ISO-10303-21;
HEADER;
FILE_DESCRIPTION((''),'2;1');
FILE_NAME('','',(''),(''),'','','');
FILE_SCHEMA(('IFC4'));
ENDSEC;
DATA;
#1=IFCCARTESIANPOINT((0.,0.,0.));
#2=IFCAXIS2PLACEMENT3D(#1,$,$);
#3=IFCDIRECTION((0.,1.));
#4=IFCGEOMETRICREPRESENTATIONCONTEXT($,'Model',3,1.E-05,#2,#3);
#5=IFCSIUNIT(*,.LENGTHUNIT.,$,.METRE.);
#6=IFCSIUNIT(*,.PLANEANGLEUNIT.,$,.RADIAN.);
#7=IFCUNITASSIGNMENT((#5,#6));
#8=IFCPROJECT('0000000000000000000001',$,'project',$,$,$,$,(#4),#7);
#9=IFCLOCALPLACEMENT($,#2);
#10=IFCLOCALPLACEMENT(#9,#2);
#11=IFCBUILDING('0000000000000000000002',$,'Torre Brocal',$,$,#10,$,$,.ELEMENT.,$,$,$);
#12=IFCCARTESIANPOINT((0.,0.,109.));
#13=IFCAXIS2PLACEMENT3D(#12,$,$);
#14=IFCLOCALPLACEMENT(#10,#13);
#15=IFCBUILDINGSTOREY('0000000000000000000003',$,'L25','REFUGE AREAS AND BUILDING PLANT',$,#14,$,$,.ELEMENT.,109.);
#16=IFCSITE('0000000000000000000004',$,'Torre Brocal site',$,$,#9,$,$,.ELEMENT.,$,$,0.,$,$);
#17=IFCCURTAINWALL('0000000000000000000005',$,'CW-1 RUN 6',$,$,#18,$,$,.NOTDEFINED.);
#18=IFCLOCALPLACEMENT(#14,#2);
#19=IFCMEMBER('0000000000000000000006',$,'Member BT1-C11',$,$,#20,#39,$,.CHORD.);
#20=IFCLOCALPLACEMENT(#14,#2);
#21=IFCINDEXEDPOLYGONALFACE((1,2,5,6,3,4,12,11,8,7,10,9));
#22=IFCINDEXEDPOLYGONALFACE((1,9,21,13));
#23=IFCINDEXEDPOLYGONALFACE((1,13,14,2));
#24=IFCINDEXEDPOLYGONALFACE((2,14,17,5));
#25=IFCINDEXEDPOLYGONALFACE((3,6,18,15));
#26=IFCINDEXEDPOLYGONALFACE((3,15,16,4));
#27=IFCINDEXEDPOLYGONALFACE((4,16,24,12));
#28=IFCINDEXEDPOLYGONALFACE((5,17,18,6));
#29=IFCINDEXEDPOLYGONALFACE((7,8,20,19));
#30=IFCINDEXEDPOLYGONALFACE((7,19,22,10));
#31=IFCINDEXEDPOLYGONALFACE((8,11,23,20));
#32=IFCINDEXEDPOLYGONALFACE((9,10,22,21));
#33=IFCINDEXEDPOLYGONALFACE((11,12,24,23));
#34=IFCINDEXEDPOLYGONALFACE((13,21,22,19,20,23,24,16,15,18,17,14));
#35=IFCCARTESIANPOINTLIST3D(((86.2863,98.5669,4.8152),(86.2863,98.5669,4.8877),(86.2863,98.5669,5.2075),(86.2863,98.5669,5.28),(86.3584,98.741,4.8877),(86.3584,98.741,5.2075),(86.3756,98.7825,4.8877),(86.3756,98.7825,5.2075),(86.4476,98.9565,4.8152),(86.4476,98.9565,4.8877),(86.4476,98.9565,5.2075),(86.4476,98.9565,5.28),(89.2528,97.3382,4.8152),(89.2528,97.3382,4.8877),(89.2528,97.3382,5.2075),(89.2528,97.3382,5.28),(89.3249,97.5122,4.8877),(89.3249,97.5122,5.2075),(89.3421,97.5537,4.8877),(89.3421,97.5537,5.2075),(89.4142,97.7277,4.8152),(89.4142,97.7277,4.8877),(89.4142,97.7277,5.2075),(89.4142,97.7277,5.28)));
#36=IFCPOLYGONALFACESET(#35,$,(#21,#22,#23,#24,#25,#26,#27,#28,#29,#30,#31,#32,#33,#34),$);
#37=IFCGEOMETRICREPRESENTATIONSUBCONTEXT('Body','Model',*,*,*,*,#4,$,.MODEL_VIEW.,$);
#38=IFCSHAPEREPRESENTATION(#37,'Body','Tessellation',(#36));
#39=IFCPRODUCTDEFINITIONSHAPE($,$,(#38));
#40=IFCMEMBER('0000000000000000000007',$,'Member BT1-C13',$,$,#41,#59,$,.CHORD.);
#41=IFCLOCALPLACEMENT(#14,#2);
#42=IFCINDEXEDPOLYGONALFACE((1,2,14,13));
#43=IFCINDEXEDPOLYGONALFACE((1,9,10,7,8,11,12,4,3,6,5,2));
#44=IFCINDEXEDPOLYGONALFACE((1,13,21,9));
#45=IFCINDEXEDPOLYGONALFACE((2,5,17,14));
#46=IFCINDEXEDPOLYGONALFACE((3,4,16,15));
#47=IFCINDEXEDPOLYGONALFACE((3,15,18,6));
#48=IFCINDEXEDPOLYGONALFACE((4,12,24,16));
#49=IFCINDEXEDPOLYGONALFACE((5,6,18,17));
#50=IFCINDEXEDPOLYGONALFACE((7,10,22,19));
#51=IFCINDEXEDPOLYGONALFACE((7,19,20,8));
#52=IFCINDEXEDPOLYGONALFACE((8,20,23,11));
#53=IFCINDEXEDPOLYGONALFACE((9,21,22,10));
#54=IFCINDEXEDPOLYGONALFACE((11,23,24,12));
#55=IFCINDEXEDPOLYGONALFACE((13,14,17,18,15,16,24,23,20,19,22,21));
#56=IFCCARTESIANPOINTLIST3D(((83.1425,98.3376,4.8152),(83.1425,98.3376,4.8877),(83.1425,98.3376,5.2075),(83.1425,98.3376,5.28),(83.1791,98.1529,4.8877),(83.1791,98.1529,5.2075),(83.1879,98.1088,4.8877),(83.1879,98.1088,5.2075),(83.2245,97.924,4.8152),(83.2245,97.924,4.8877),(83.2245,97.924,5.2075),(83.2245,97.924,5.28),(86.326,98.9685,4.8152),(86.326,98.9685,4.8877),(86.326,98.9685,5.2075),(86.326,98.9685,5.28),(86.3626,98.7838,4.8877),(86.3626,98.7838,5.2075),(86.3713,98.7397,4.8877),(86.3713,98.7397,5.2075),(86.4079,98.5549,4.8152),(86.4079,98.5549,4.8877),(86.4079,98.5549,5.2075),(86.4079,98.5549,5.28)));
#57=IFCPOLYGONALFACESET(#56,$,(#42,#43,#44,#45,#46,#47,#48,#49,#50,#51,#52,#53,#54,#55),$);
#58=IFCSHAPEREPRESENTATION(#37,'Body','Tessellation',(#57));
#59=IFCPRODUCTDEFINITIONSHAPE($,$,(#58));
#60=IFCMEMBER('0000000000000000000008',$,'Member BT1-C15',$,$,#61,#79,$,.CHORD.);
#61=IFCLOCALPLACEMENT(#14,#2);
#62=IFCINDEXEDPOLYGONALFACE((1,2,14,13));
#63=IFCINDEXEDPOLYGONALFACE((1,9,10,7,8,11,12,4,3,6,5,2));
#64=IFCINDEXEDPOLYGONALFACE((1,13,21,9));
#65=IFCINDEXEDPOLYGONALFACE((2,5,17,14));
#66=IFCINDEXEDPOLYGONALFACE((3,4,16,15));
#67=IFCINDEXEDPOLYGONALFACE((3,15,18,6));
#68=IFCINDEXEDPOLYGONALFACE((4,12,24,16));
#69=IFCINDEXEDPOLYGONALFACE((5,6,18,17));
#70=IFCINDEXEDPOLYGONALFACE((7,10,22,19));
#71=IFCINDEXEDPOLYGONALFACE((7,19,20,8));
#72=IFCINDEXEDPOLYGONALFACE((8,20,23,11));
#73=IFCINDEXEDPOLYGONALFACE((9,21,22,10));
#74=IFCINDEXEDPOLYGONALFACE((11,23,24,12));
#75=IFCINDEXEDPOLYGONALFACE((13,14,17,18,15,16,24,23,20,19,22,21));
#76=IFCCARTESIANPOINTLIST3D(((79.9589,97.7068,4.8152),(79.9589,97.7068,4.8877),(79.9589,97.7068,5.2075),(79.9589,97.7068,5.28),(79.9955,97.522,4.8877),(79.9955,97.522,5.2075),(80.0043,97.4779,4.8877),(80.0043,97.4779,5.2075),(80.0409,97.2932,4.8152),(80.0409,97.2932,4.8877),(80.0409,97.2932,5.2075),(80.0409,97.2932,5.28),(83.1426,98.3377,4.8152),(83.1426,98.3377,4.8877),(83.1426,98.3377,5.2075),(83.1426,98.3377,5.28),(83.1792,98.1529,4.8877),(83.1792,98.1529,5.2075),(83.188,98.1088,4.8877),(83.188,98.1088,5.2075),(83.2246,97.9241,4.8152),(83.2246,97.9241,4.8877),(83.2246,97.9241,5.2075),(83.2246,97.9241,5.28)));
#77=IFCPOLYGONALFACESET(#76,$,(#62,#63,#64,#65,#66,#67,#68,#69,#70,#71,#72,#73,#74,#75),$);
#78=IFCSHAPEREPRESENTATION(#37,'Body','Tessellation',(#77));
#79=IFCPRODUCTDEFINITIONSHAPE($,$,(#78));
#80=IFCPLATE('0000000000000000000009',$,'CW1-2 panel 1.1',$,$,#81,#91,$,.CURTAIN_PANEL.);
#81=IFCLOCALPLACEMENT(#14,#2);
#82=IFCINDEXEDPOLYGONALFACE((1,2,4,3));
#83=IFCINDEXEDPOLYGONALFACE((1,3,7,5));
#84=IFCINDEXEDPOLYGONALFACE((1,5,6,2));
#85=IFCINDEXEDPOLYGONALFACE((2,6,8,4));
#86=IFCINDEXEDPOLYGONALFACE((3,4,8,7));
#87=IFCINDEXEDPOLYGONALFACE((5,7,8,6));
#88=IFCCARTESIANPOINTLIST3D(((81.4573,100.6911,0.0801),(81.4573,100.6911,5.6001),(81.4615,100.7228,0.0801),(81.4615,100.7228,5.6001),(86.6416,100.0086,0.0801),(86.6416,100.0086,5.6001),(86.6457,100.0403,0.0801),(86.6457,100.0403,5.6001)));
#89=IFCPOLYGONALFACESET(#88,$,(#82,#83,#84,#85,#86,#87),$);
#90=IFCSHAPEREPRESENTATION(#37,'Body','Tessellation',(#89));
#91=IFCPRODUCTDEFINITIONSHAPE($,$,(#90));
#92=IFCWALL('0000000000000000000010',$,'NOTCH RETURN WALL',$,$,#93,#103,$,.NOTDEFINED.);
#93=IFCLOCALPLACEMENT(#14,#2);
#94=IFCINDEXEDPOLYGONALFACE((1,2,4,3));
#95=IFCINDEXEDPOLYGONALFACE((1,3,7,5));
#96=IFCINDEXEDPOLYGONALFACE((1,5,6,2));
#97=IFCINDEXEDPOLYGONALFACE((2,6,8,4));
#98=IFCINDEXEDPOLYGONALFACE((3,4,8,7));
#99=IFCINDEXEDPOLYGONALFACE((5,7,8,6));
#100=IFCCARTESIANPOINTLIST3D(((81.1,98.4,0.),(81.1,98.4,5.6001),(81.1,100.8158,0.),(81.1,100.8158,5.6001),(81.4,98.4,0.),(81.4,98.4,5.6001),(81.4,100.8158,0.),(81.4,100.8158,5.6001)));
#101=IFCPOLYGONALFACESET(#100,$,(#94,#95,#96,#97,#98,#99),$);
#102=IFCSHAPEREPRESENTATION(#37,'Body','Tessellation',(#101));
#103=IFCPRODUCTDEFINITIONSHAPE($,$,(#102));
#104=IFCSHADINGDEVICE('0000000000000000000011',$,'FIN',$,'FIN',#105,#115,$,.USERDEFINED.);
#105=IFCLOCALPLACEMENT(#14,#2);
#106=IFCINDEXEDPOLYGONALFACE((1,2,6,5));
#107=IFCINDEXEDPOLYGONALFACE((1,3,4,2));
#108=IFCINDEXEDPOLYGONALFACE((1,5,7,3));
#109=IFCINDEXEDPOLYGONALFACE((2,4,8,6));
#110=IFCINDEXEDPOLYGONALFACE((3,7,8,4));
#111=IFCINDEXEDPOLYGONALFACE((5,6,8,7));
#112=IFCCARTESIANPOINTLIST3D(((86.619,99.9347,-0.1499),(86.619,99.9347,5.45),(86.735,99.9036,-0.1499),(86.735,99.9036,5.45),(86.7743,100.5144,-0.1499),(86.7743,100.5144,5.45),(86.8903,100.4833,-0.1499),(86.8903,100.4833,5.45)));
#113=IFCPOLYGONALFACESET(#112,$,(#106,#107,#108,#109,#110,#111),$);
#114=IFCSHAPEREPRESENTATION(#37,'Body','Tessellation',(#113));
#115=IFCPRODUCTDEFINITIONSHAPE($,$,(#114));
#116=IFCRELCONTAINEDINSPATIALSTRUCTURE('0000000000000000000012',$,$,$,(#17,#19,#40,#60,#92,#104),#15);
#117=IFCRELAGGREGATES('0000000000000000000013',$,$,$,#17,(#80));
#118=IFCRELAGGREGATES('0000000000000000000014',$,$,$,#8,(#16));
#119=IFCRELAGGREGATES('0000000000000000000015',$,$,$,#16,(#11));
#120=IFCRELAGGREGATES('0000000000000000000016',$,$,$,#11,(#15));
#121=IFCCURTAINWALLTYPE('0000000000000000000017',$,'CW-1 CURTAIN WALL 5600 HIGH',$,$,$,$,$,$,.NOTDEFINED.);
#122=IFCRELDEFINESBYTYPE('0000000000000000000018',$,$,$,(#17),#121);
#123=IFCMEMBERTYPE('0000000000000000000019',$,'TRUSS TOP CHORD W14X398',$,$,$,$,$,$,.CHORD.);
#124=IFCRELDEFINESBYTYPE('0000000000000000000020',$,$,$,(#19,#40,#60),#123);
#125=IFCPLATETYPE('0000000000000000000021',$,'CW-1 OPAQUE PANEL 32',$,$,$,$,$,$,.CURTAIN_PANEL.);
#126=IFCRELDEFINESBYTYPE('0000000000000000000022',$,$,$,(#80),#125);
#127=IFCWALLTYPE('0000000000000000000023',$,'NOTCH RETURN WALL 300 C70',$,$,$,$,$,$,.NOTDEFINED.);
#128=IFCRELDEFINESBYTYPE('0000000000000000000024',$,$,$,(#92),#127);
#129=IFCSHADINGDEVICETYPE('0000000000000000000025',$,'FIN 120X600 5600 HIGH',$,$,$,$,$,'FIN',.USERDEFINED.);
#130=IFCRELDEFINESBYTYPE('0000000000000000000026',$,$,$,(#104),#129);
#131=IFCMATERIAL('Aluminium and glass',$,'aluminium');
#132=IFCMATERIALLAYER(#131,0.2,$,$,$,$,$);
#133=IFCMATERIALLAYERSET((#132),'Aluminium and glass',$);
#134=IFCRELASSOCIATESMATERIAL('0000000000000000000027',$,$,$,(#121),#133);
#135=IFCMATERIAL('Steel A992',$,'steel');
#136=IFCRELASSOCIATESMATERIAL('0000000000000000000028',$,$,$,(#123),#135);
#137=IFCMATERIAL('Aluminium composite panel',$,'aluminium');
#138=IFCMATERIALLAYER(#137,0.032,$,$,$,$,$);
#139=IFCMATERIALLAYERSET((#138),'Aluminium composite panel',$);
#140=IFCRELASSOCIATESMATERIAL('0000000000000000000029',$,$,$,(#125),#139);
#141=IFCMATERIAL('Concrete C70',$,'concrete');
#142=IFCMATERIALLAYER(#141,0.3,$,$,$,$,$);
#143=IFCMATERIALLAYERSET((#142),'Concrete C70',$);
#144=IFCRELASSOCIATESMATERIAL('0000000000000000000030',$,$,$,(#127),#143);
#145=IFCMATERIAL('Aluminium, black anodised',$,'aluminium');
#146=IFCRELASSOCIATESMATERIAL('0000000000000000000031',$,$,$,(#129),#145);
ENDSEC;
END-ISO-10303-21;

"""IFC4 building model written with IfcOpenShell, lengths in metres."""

from ifc_helpers import new_model, si_unit, direction, frame, frame_2d, origin, origin_2d, place, context, subcontext, project, spatial, rectangle, i_section, extrude, material, layer, layer_set, material_profile, profile_set, type_object, element, aggregate, save


model = new_model("IFC4")

# Units and contexts
model_context = context("Model", 3, precision=1e-05, world=origin(), true_north=direction((0.0, 1.0)))
body_context = subcontext(model_context, "Body", "Model", "MODEL_VIEW")
ifc_project = project(units=[si_unit("LENGTHUNIT", "METRE"), si_unit("PLANEANGLEUNIT", "RADIAN")], contexts=[model_context])

# Site, building, storey
site_placement = place(None, origin())
site = spatial("IfcSite", under=ifc_project, at=site_placement, Name="Torre Brocal site", CompositionType="ELEMENT", RefElevation=0.0)
building_placement = place(site_placement, origin())
building = spatial("IfcBuilding", under=site, at=building_placement, Name="Torre Brocal", CompositionType="ELEMENT")
storey_placement = place(building_placement, frame((0.0, 0.0, 109.0)))
storey = spatial("IfcBuildingStorey", under=building, at=storey_placement, Name="L25", Description="REFUGE AREAS AND BUILDING PLANT", CompositionType="ELEMENT", Elevation=109.0)

# Shared definitions
ifc_material_1 = material(Name="Aluminium and glass", Category="aluminium")
ifc_layer_1 = layer(ifc_material_1, 0.2)
ifc_layer_set_1 = layer_set([ifc_layer_1], Name="Aluminium and glass")
curtain_wall_type = type_object("IfcCurtainWallType", Name="CW-1 CURTAIN WALL 5600 HIGH", PredefinedType="NOTDEFINED", material=ifc_layer_set_1)

# Curtain wall
curtain_wall_1_placement = place(storey_placement, origin())
curtain_wall_1 = element("IfcCurtainWall", 1, at=curtain_wall_1_placement, inside=storey, type_object=curtain_wall_type, Name="CW-1 RUN 6", PredefinedType="NOTDEFINED")

# Members
ifc_material_2 = material(Name="Steel A992", Category="steel")
ifc_material_profile_1 = material_profile(ifc_material_2, i_section(OverallWidth=0.4216, OverallDepth=0.4648, WebThickness=0.0449, FlangeThickness=0.0725, at=origin_2d()), Name="W14X398")
ifc_profile_set_1 = profile_set([ifc_material_profile_1], Name="Steel A992")
member_type_1 = type_object("IfcMemberType", Name="TRUSS TOP CHORD W14X398", PredefinedType="CHORD", material=ifc_profile_set_1)
member_1_placement = place(storey_placement, frame((89.3335, 97.533, 5.0476), z_axis=(-0.923882, 0.382676, 0.0), x_axis=(-0.382676, -0.923882, 0.0)))
element("IfcMember", 2, at=member_1_placement, inside=storey, type_object=member_type_1, Name="Member BT1-C11", PredefinedType="CHORD", context=body_context, shape_type="SweptSolid", body=[
    extrude(i_section(OverallWidth=0.4216, OverallDepth=0.4648, WebThickness=0.0449, FlangeThickness=0.0725, at=origin_2d()), origin(), (0.0, 0.0, 1.0), 3.2109),
])
member_2_placement = place(storey_placement, frame((86.3669, 98.7617, 5.0476), z_axis=(-0.980923, -0.194394, 0.0), x_axis=(0.194394, -0.980923, 0.0)))
element("IfcMember", 3, at=member_2_placement, inside=storey, type_object=member_type_1, Name="Member BT1-C13", PredefinedType="CHORD", context=body_context, shape_type="SweptSolid", body=[
    extrude(i_section(OverallWidth=0.4216, OverallDepth=0.4648, WebThickness=0.0449, FlangeThickness=0.0725, at=origin_2d()), origin(), (0.0, 0.0, 1.0), 3.2454),
])
member_3_placement = place(storey_placement, frame((83.1836, 98.1309, 5.0476), z_axis=(-0.980926, -0.19438, 0.0), x_axis=(0.19438, -0.980926, 0.0)))
element("IfcMember", 4, at=member_3_placement, inside=storey, type_object=member_type_1, Name="Member BT1-C15", PredefinedType="CHORD", context=body_context, shape_type="SweptSolid", body=[
    extrude(i_section(OverallWidth=0.4216, OverallDepth=0.4648, WebThickness=0.0449, FlangeThickness=0.0725, at=origin_2d()), origin(), (0.0, 0.0, 1.0), 3.2456),
])

# Plate
ifc_material_3 = material(Name="Aluminium composite panel", Category="aluminium")
ifc_layer_2 = layer(ifc_material_3, 0.032)
ifc_layer_set_2 = layer_set([ifc_layer_2], Name="Aluminium composite panel")
plate_type = type_object("IfcPlateType", Name="CW-1 OPAQUE PANEL 32", PredefinedType="CURTAIN_PANEL", material=ifc_layer_set_2)
plate_placement = place(storey_placement, frame((84.0515, 100.3657, 0.0801), z_axis=(0.0, 0.0, 1.0), x_axis=(-0.991445, 0.130526, 0.0)))
plate = element("IfcPlate", 5, at=plate_placement, type_object=plate_type, Name="CW1-2 panel 1.1", PredefinedType="CURTAIN_PANEL", context=body_context, shape_type="SweptSolid", body=[
    extrude(rectangle(XDim=5.229, YDim=0.032, at=origin_2d()), origin(), (0.0, 0.0, 1.0), 5.52),
])
aggregate(curtain_wall_1, [plate])

# Wall
ifc_material_4 = material(Name="Concrete C70", Category="concrete")
ifc_layer_3 = layer(ifc_material_4, 0.3)
ifc_layer_set_3 = layer_set([ifc_layer_3], Name="Concrete C70")
wall_type = type_object("IfcWallType", Name="NOTCH RETURN WALL 300 C70", PredefinedType="NOTDEFINED", material=ifc_layer_set_3)
wall_placement = place(storey_placement, frame((81.25, 98.3999, 0.0), z_axis=(0.0, 0.0, 1.0), x_axis=(0.0, 1.0, 0.0)))
element("IfcWall", 6, at=wall_placement, inside=storey, type_object=wall_type, Name="NOTCH RETURN WALL", PredefinedType="NOTDEFINED", context=body_context, shape_type="SweptSolid", body=[
    extrude(rectangle(XDim=2.4158, YDim=0.3, at=frame_2d((1.208, 0.0))), origin(), (0.0, 0.0, 1.0), 5.6001),
])

# Shading device
ifc_material_5 = material(Name="Aluminium, black anodised", Category="aluminium")
ifc_material_profile_2 = material_profile(ifc_material_5, rectangle(XDim=0.1201, YDim=0.6001, at=origin_2d()), Name="FIN 120X600 5600 HIGH")
ifc_profile_set_2 = profile_set([ifc_material_profile_2], Name="Aluminium, black anodised")
shading_device_type = type_object("IfcShadingDeviceType", Name="FIN 120X600 5600 HIGH", ElementType="FIN", PredefinedType="USERDEFINED", material=ifc_profile_set_2)
shading_device_placement = place(storey_placement, frame((86.7546, 100.209, -0.1499), z_axis=(0.0, 0.0, 1.0), x_axis=(-0.965926, 0.258819, 0.0)))
element("IfcShadingDevice", 7, at=shading_device_placement, inside=storey, type_object=shading_device_type, Name="FIN", ObjectType="FIN", PredefinedType="USERDEFINED", context=body_context, shape_type="SweptSolid", body=[
    extrude(rectangle(XDim=0.1201, YDim=0.6001, at=origin_2d()), origin(), (0.0, 0.0, 1.0), 5.5999),
])

save(model, "model.ifc")
